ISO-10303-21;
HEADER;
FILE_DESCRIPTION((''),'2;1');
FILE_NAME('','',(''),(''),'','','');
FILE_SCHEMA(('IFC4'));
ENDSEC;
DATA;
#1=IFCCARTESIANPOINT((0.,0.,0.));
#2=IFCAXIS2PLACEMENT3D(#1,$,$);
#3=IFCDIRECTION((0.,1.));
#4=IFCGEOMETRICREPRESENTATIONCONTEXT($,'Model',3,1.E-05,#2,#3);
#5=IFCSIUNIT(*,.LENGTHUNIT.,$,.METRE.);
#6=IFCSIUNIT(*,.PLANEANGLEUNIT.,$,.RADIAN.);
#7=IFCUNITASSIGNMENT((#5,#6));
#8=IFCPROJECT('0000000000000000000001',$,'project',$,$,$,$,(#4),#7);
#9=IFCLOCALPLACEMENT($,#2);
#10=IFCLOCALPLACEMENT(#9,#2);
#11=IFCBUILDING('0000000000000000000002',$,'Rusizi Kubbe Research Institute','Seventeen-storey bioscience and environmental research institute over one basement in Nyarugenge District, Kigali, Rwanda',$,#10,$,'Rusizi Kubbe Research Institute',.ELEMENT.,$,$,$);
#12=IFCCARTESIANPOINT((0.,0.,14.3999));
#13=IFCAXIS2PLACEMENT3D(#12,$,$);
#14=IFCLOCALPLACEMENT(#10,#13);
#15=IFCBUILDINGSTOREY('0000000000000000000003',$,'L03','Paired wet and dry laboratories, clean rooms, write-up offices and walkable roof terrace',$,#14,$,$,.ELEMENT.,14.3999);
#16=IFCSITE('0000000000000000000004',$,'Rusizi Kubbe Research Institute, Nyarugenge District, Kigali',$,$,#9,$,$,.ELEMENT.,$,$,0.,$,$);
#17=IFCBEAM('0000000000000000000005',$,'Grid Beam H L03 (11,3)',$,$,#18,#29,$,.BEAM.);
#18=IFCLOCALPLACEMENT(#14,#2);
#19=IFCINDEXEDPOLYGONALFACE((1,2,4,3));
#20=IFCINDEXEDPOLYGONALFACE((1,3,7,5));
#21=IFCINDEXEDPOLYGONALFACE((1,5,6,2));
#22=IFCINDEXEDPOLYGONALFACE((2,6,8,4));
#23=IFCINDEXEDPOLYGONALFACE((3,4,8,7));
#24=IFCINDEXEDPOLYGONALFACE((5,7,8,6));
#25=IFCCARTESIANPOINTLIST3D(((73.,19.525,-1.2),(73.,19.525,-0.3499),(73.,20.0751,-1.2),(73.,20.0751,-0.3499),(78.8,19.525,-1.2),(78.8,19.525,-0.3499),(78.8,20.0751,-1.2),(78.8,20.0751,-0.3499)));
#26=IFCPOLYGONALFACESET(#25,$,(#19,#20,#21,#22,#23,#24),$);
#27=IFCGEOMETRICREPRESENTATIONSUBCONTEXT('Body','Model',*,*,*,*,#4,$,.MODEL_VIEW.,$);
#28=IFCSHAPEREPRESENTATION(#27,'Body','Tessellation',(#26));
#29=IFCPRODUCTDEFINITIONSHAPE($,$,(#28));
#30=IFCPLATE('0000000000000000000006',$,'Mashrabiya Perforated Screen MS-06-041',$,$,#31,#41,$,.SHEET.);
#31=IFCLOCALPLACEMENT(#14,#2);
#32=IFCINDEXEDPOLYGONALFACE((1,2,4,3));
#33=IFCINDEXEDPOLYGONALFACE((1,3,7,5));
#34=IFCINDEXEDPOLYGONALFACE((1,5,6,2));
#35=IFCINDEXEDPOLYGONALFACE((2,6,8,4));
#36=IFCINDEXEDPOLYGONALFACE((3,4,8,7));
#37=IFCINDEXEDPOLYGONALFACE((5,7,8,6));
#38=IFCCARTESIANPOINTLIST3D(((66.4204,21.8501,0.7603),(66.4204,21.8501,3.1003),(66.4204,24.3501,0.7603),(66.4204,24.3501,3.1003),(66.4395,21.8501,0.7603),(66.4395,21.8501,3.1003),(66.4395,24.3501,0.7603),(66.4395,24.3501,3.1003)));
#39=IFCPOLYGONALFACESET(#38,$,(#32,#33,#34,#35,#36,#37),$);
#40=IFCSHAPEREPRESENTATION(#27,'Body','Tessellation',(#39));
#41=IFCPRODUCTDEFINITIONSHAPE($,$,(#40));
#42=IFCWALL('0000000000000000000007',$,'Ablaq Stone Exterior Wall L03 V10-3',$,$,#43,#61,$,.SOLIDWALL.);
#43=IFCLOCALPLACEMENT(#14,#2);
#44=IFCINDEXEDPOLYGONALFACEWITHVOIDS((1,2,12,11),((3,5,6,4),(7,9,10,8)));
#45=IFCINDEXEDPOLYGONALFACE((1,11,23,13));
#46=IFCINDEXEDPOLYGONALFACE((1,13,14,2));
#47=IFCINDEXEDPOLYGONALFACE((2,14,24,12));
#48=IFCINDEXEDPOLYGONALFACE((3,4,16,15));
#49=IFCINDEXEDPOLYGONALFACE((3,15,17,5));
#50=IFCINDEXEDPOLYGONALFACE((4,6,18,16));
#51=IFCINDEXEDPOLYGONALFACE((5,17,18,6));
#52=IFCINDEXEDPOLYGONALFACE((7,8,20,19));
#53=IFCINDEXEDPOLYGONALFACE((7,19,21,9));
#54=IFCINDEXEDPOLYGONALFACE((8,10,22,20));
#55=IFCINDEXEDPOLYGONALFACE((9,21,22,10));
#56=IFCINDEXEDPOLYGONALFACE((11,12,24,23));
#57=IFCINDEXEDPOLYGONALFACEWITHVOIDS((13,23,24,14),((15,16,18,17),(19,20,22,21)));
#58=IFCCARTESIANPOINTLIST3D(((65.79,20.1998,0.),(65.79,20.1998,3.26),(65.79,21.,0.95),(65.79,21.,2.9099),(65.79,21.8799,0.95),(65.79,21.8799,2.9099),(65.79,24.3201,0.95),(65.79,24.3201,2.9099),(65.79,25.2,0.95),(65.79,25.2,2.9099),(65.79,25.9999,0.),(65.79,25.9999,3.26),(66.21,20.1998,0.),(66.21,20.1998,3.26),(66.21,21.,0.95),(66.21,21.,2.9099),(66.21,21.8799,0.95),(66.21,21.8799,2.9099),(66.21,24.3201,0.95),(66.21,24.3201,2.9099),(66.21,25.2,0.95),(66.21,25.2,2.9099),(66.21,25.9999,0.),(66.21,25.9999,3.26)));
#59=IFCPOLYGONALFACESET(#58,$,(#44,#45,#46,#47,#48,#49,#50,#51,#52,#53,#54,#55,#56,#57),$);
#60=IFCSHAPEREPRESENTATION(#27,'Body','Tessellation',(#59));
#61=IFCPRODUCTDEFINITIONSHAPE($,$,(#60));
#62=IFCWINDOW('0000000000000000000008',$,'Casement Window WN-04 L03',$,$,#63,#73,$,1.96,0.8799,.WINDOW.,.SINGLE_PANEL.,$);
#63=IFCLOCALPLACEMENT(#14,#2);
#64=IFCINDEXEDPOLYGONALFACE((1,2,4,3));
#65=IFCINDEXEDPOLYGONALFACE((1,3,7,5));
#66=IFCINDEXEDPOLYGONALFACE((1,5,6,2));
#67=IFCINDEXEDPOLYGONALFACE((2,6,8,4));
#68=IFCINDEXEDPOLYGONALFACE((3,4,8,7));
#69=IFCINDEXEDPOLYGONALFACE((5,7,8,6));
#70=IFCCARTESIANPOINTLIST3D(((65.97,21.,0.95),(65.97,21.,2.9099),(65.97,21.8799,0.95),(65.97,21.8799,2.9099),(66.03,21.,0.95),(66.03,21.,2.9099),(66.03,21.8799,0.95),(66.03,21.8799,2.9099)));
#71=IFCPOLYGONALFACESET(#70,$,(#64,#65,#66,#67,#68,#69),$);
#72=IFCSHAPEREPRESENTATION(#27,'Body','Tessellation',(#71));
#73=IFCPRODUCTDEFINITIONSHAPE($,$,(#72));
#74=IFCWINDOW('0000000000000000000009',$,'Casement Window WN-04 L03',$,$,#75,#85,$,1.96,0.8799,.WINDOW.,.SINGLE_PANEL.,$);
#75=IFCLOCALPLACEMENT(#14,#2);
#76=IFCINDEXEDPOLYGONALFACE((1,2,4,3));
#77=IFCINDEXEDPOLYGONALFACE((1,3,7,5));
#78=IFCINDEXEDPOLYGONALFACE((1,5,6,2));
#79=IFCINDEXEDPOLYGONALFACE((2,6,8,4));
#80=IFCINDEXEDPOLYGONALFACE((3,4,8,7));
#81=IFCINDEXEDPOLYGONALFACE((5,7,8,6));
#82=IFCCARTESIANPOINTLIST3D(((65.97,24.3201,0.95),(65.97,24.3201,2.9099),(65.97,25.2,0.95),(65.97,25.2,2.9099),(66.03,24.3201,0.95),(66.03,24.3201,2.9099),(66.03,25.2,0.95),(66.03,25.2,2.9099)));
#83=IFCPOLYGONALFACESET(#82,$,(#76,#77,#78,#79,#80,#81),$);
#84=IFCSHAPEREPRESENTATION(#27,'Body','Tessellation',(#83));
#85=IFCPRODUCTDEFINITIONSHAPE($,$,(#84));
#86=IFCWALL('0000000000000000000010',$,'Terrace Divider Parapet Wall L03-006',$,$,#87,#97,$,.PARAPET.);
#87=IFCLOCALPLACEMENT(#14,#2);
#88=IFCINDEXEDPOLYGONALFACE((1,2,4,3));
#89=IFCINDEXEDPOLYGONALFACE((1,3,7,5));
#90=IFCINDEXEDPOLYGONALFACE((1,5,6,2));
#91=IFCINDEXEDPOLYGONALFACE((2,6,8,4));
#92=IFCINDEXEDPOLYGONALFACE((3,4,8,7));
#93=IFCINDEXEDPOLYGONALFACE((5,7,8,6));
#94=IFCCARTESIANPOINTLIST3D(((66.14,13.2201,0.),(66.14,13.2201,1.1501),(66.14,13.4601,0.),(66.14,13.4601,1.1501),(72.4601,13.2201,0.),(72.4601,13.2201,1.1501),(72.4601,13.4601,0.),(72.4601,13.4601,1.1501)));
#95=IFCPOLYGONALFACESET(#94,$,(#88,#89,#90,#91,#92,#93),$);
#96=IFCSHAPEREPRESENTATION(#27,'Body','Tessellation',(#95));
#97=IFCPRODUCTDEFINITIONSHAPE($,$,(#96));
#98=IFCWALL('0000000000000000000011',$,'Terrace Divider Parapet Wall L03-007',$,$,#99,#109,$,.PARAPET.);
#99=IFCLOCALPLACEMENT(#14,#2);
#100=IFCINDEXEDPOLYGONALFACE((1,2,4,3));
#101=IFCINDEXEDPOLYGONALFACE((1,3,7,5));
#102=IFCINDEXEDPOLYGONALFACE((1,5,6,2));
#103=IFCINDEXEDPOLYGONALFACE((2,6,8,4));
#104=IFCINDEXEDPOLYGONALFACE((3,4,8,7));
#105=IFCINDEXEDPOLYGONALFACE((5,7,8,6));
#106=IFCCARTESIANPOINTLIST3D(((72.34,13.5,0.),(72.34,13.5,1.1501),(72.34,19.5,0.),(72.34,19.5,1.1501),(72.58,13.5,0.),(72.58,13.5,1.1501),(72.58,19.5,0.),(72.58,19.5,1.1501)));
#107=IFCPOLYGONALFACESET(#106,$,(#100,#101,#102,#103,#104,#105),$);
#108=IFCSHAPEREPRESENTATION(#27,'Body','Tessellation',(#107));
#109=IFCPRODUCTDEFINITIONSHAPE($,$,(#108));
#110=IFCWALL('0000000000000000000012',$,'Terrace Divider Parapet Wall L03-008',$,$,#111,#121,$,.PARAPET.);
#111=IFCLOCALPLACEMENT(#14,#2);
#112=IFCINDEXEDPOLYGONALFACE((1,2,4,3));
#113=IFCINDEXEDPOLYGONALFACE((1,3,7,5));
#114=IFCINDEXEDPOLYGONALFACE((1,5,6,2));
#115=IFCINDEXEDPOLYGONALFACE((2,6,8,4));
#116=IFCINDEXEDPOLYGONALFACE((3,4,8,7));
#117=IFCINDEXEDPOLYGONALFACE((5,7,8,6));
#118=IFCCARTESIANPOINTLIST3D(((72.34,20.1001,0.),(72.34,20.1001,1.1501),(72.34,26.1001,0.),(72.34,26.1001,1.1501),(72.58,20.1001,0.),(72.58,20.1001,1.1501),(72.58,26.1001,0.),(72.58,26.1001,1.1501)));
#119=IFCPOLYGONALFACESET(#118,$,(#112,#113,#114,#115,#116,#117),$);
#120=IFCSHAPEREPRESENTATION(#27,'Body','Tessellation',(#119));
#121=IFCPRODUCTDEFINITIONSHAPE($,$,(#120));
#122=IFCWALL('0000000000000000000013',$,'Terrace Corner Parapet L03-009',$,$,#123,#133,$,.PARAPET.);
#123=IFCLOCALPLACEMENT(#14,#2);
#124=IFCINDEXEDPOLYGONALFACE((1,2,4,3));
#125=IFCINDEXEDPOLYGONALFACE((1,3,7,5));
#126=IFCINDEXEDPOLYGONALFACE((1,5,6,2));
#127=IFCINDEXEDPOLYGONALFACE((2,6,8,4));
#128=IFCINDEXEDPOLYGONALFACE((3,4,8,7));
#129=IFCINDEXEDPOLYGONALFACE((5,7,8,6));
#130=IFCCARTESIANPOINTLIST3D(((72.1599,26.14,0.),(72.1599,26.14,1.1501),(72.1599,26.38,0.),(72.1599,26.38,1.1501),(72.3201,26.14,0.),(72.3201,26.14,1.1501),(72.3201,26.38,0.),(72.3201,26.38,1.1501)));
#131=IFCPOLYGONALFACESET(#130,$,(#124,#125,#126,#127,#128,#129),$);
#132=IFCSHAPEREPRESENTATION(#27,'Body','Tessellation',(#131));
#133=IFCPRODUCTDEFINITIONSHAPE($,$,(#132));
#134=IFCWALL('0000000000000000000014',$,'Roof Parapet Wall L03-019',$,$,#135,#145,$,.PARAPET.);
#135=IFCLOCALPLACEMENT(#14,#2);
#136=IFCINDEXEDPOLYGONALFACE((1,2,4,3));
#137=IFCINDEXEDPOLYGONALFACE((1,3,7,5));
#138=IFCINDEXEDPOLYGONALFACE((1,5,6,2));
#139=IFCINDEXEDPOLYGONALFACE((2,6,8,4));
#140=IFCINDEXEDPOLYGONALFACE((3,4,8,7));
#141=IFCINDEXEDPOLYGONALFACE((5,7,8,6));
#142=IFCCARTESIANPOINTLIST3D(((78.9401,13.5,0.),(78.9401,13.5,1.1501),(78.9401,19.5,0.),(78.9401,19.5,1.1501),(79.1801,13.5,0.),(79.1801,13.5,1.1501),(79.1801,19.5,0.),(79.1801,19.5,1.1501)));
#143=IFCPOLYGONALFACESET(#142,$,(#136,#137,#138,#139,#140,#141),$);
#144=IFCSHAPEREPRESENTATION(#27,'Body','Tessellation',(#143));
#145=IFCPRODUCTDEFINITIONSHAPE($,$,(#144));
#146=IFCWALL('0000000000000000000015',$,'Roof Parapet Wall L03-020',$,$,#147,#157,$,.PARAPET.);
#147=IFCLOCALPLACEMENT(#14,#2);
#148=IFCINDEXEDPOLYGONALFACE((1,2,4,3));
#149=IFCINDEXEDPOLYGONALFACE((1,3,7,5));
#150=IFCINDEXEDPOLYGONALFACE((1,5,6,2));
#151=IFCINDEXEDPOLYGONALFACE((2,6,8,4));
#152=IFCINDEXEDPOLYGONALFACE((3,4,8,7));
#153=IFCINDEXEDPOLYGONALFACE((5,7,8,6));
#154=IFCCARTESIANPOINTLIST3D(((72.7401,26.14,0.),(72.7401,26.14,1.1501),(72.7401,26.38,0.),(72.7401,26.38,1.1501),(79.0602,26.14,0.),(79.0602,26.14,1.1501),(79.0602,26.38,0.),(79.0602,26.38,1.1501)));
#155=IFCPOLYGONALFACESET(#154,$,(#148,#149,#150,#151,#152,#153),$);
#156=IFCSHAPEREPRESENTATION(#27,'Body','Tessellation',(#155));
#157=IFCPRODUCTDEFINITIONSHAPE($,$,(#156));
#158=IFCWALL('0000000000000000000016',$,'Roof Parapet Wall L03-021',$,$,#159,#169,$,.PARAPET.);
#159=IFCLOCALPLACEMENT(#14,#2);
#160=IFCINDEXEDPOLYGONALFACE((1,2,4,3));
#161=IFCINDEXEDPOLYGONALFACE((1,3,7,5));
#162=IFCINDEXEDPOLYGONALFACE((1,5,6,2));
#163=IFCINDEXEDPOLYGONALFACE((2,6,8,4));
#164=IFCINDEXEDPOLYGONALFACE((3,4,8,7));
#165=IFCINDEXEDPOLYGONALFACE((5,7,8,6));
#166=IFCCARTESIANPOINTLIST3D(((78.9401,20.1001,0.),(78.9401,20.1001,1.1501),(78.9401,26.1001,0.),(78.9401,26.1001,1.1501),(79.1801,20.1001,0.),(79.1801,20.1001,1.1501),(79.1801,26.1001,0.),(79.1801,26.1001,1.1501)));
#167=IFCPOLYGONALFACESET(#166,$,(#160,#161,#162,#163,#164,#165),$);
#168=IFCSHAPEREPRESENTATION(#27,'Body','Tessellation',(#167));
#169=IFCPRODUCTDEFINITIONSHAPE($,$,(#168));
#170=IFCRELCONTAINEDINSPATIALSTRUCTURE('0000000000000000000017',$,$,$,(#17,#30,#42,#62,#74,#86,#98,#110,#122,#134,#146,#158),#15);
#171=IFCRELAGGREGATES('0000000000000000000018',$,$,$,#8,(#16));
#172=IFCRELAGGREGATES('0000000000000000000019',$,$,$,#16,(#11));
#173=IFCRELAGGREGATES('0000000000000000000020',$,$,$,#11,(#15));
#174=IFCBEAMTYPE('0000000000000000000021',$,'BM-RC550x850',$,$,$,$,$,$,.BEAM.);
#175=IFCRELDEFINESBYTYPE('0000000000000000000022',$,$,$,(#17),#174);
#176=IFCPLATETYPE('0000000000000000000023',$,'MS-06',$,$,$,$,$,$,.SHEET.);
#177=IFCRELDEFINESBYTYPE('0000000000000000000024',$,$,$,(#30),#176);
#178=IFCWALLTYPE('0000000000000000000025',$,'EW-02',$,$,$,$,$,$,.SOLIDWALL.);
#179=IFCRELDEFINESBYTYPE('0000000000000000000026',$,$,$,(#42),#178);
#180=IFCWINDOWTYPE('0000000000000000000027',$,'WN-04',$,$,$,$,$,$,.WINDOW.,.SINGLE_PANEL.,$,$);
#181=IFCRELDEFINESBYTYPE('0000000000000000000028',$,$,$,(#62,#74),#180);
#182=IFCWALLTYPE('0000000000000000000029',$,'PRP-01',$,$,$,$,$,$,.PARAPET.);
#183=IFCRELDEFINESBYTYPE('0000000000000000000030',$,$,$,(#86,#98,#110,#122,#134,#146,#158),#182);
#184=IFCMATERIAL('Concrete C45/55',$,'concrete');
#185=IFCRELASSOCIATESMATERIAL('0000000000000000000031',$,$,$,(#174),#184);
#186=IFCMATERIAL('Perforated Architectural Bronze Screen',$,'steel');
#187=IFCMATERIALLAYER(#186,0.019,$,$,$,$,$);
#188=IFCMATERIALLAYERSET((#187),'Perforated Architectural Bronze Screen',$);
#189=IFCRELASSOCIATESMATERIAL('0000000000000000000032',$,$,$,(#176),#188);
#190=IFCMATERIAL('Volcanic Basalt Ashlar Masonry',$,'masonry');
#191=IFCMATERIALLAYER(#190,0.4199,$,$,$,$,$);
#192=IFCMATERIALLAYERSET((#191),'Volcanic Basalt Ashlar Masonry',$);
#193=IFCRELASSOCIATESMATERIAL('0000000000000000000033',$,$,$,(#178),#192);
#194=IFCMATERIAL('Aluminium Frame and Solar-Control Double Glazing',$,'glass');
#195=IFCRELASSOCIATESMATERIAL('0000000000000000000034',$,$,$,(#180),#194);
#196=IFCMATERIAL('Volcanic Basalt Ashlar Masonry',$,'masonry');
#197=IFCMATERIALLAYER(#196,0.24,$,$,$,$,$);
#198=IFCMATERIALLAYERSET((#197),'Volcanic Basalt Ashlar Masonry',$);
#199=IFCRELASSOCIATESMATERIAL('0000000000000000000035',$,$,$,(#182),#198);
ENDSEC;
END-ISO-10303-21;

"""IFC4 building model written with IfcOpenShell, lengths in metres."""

from ifc_helpers import new_model, si_unit, direction, frame, frame_2d, origin, origin_2d, place, context, subcontext, project, spatial, rectangle, extrude, material, layer, layer_set, material_profile, profile_set, type_object, element, fill, save


model = new_model("IFC4")

# Units and contexts
model_context = context("Model", 3, precision=1e-05, world=origin(), true_north=direction((0.0, 1.0)))
body_context = subcontext(model_context, "Body", "Model", "MODEL_VIEW")
ifc_project = project(units=[si_unit("LENGTHUNIT", "METRE"), si_unit("PLANEANGLEUNIT", "RADIAN")], contexts=[model_context])

# Site, building, storey
site_placement = place(None, origin())
site = spatial("IfcSite", under=ifc_project, at=site_placement, Name="Rusizi Kubbe Research Institute, Nyarugenge District, Kigali", CompositionType="ELEMENT", RefElevation=0.0)
building_placement = place(site_placement, origin())
building = spatial("IfcBuilding", under=site, at=building_placement, Name="Rusizi Kubbe Research Institute", Description="Seventeen-storey bioscience and environmental research institute over one basement in Nyarugenge District, Kigali, Rwanda", LongName="Rusizi Kubbe Research Institute", CompositionType="ELEMENT")
storey_placement = place(building_placement, frame((0.0, 0.0, 14.3999)))
storey = spatial("IfcBuildingStorey", under=building, at=storey_placement, Name="L03", Description="Paired wet and dry laboratories, clean rooms, write-up offices and walkable roof terrace", CompositionType="ELEMENT", Elevation=14.3999)

# Beam
ifc_material_1 = material(Name="Concrete C45/55", Category="concrete")
ifc_material_profile_1 = material_profile(ifc_material_1, rectangle(XDim=0.55, YDim=0.8501, at=origin_2d()), Name="RC550x850")
ifc_profile_set_1 = profile_set([ifc_material_profile_1], Name="Concrete C45/55")
beam_type_1 = type_object("IfcBeamType", Name="BM-RC550x850", PredefinedType="BEAM", material=ifc_profile_set_1)
for number, where, z_axis, x_axis, name in (
    (1, (73.0, 19.8, -0.7749), (1.0, 0.0, 0.0), (0.0, 1.0, 0.0), "Grid Beam H L03 (11,3)"),
):
    element("IfcBeam", number, at=place(storey_placement, frame(where, z_axis=z_axis, x_axis=x_axis)), inside=storey, type_object=beam_type_1, Name=name, PredefinedType="BEAM", context=body_context, shape_type="SweptSolid", body=[
        extrude(rectangle(XDim=0.55, YDim=0.8501, at=origin_2d()), origin(), (0.0, 0.0, 1.0), 5.8),
    ])

# Plate
ifc_material_2 = material(Name="Perforated Architectural Bronze Screen", Category="steel")
ifc_layer_1 = layer(ifc_material_2, 0.019)
ifc_layer_set_1 = layer_set([ifc_layer_1], Name="Perforated Architectural Bronze Screen")
plate_type = type_object("IfcPlateType", Name="MS-06", PredefinedType="SHEET", material=ifc_layer_set_1)
plate_placement = place(storey_placement, frame((66.4299, 23.1001, 0.7603), z_axis=(0.0, 0.0, 1.0), x_axis=(0.0, 1.0, 0.0)))
element("IfcPlate", 2, at=plate_placement, inside=storey, type_object=plate_type, Name="Mashrabiya Perforated Screen MS-06-041", PredefinedType="SHEET", context=body_context, shape_type="SweptSolid", body=[
    extrude(rectangle(XDim=2.5, YDim=0.019, at=origin_2d()), origin(), (0.0, 0.0, 1.0), 2.3401),
])

# Wall, openings, windows
ifc_material_3 = material(Name="Volcanic Basalt Ashlar Masonry", Category="masonry")
ifc_layer_2 = layer(ifc_material_3, 0.4199)
ifc_layer_set_2 = layer_set([ifc_layer_2], Name="Volcanic Basalt Ashlar Masonry")
wall_type_1 = type_object("IfcWallType", Name="EW-02", PredefinedType="SOLIDWALL", material=ifc_layer_set_2)
wall_1_placement = place(storey_placement, frame((66.0, 20.2, 0.0), z_axis=(0.0, 0.0, 1.0), x_axis=(0.0, 1.0, 0.0)))
wall_1 = element("IfcWall", 3, at=wall_1_placement, inside=storey, type_object=wall_type_1, Name="Ablaq Stone Exterior Wall L03 V10-3", PredefinedType="SOLIDWALL", context=body_context, shape_type="SweptSolid", body=[
    extrude(rectangle(XDim=5.8, YDim=0.4199, at=frame_2d((2.8999, 0.0))), origin(), (0.0, 0.0, 1.0), 3.26),
])
opening_1_placement = place(wall_1_placement, frame((0.8, 0.0, 0.95)))
opening_1 = element("IfcOpeningElement", 4, at=opening_1_placement, cuts=wall_1, PredefinedType="OPENING", context=body_context, shape_type="SweptSolid", body=[
    extrude(rectangle(XDim=0.8799, YDim=1.96, at=frame_2d((0.4399, 0.98))), frame((0.0, 0.22, 0.0), z_axis=(0.0, -1.0, 0.0), x_axis=(1.0, 0.0, 0.0)), (0.0, 0.0, 1.0), 0.4399),
])
opening_2_placement = place(wall_1_placement, frame((4.1201, 0.0, 0.95)))
opening_2 = element("IfcOpeningElement", 5, at=opening_2_placement, cuts=wall_1, PredefinedType="OPENING", context=body_context, shape_type="SweptSolid", body=[
    extrude(rectangle(XDim=0.8799, YDim=1.96, at=frame_2d((0.4399, 0.98))), frame((0.0, 0.22, 0.0), z_axis=(0.0, -1.0, 0.0), x_axis=(1.0, 0.0, 0.0)), (0.0, 0.0, 1.0), 0.4399),
])
ifc_material_4 = material(Name="Aluminium Frame and Solar-Control Double Glazing", Category="glass")
window_type = type_object("IfcWindowType", Name="WN-04", PartitioningType="SINGLE_PANEL", PredefinedType="WINDOW", material=ifc_material_4)
window_1_placement = place(opening_1_placement, origin())
window_1 = element("IfcWindow", 6, at=window_1_placement, inside=storey, type_object=window_type, Name="Casement Window WN-04 L03", OverallHeight=1.96, OverallWidth=0.8799, PartitioningType="SINGLE_PANEL", PredefinedType="WINDOW", context=body_context, shape_type="SweptSolid", body=[
    extrude(rectangle(XDim=0.8799, YDim=1.96, at=frame_2d((0.4399, 0.98))), frame((0.0, 0.03, 0.0), z_axis=(0.0, -1.0, 0.0), x_axis=(1.0, 0.0, 0.0)), (0.0, 0.0, 1.0), 0.0601),
])
fill(opening_1, window_1)
window_2_placement = place(opening_2_placement, origin())
window_2 = element("IfcWindow", 7, at=window_2_placement, inside=storey, type_object=window_type, Name="Casement Window WN-04 L03", OverallHeight=1.96, OverallWidth=0.8799, PartitioningType="SINGLE_PANEL", PredefinedType="WINDOW", context=body_context, shape_type="SweptSolid", body=[
    extrude(rectangle(XDim=0.8799, YDim=1.96, at=frame_2d((0.4399, 0.98))), frame((0.0, 0.03, 0.0), z_axis=(0.0, -1.0, 0.0), x_axis=(1.0, 0.0, 0.0)), (0.0, 0.0, 1.0), 0.0601),
])
fill(opening_2, window_2)

# Walls
ifc_material_5 = material(Name="Volcanic Basalt Ashlar Masonry", Category="masonry")
ifc_layer_3 = layer(ifc_material_5, 0.24)
ifc_layer_set_3 = layer_set([ifc_layer_3], Name="Volcanic Basalt Ashlar Masonry")
wall_type_2 = type_object("IfcWallType", Name="PRP-01", PredefinedType="PARAPET", material=ifc_layer_set_3)
wall_2_placement = place(storey_placement, frame((66.1399, 13.3401, 0.0), z_axis=(0.0, 0.0, 1.0), x_axis=(1.0, 0.0, 0.0)))
element("IfcWall", 8, at=wall_2_placement, inside=storey, type_object=wall_type_2, Name="Terrace Divider Parapet Wall L03-006", PredefinedType="PARAPET", context=body_context, shape_type="SweptSolid", body=[
    extrude(rectangle(XDim=6.3201, YDim=0.24, at=frame_2d((3.1602, 0.0))), origin(), (0.0, 0.0, 1.0), 1.1501),
])
for number, where, z_axis, x_axis, name in (
    (9, (72.46, 13.5, 0.0), (0.0, 0.0, 1.0), (0.0, 1.0, 0.0), "Terrace Divider Parapet Wall L03-007"),
    (10, (72.46, 20.1001, 0.0), (0.0, 0.0, 1.0), (0.0, 1.0, 0.0), "Terrace Divider Parapet Wall L03-008"),
):
    element("IfcWall", number, at=place(storey_placement, frame(where, z_axis=z_axis, x_axis=x_axis)), inside=storey, type_object=wall_type_2, Name=name, PredefinedType="PARAPET", context=body_context, shape_type="SweptSolid", body=[
        extrude(rectangle(XDim=6.0, YDim=0.24, at=frame_2d((3.0, 0.0))), origin(), (0.0, 0.0, 1.0), 1.1501),
    ])
wall_3_placement = place(storey_placement, frame((72.1599, 26.26, 0.0), z_axis=(0.0, 0.0, 1.0), x_axis=(1.0, 0.0, 0.0)))
element("IfcWall", 11, at=wall_3_placement, inside=storey, type_object=wall_type_2, Name="Terrace Corner Parapet L03-009", PredefinedType="PARAPET", context=body_context, shape_type="SweptSolid", body=[
    extrude(rectangle(XDim=0.1602, YDim=0.24, at=frame_2d((0.0801, 0.0))), origin(), (0.0, 0.0, 1.0), 1.1501),
])
wall_4_placement = place(storey_placement, frame((79.0601, 13.5, 0.0), z_axis=(0.0, 0.0, 1.0), x_axis=(0.0, 1.0, 0.0)))
element("IfcWall", 12, at=wall_4_placement, inside=storey, type_object=wall_type_2, Name="Roof Parapet Wall L03-019", PredefinedType="PARAPET", context=body_context, shape_type="SweptSolid", body=[
    extrude(rectangle(XDim=6.0, YDim=0.24, at=frame_2d((3.0, 0.0))), origin(), (0.0, 0.0, 1.0), 1.1501),
])
wall_5_placement = place(storey_placement, frame((72.74, 26.26, 0.0), z_axis=(0.0, 0.0, 1.0), x_axis=(1.0, 0.0, 0.0)))
element("IfcWall", 13, at=wall_5_placement, inside=storey, type_object=wall_type_2, Name="Roof Parapet Wall L03-020", PredefinedType="PARAPET", context=body_context, shape_type="SweptSolid", body=[
    extrude(rectangle(XDim=6.3201, YDim=0.24, at=frame_2d((3.1602, 0.0))), origin(), (0.0, 0.0, 1.0), 1.1501),
])
wall_6_placement = place(storey_placement, frame((79.0601, 20.1001, 0.0), z_axis=(0.0, 0.0, 1.0), x_axis=(0.0, 1.0, 0.0)))
element("IfcWall", 14, at=wall_6_placement, inside=storey, type_object=wall_type_2, Name="Roof Parapet Wall L03-021", PredefinedType="PARAPET", context=body_context, shape_type="SweptSolid", body=[
    extrude(rectangle(XDim=6.0, YDim=0.24, at=frame_2d((3.0, 0.0))), origin(), (0.0, 0.0, 1.0), 1.1501),
])

save(model, "model.ifc")
